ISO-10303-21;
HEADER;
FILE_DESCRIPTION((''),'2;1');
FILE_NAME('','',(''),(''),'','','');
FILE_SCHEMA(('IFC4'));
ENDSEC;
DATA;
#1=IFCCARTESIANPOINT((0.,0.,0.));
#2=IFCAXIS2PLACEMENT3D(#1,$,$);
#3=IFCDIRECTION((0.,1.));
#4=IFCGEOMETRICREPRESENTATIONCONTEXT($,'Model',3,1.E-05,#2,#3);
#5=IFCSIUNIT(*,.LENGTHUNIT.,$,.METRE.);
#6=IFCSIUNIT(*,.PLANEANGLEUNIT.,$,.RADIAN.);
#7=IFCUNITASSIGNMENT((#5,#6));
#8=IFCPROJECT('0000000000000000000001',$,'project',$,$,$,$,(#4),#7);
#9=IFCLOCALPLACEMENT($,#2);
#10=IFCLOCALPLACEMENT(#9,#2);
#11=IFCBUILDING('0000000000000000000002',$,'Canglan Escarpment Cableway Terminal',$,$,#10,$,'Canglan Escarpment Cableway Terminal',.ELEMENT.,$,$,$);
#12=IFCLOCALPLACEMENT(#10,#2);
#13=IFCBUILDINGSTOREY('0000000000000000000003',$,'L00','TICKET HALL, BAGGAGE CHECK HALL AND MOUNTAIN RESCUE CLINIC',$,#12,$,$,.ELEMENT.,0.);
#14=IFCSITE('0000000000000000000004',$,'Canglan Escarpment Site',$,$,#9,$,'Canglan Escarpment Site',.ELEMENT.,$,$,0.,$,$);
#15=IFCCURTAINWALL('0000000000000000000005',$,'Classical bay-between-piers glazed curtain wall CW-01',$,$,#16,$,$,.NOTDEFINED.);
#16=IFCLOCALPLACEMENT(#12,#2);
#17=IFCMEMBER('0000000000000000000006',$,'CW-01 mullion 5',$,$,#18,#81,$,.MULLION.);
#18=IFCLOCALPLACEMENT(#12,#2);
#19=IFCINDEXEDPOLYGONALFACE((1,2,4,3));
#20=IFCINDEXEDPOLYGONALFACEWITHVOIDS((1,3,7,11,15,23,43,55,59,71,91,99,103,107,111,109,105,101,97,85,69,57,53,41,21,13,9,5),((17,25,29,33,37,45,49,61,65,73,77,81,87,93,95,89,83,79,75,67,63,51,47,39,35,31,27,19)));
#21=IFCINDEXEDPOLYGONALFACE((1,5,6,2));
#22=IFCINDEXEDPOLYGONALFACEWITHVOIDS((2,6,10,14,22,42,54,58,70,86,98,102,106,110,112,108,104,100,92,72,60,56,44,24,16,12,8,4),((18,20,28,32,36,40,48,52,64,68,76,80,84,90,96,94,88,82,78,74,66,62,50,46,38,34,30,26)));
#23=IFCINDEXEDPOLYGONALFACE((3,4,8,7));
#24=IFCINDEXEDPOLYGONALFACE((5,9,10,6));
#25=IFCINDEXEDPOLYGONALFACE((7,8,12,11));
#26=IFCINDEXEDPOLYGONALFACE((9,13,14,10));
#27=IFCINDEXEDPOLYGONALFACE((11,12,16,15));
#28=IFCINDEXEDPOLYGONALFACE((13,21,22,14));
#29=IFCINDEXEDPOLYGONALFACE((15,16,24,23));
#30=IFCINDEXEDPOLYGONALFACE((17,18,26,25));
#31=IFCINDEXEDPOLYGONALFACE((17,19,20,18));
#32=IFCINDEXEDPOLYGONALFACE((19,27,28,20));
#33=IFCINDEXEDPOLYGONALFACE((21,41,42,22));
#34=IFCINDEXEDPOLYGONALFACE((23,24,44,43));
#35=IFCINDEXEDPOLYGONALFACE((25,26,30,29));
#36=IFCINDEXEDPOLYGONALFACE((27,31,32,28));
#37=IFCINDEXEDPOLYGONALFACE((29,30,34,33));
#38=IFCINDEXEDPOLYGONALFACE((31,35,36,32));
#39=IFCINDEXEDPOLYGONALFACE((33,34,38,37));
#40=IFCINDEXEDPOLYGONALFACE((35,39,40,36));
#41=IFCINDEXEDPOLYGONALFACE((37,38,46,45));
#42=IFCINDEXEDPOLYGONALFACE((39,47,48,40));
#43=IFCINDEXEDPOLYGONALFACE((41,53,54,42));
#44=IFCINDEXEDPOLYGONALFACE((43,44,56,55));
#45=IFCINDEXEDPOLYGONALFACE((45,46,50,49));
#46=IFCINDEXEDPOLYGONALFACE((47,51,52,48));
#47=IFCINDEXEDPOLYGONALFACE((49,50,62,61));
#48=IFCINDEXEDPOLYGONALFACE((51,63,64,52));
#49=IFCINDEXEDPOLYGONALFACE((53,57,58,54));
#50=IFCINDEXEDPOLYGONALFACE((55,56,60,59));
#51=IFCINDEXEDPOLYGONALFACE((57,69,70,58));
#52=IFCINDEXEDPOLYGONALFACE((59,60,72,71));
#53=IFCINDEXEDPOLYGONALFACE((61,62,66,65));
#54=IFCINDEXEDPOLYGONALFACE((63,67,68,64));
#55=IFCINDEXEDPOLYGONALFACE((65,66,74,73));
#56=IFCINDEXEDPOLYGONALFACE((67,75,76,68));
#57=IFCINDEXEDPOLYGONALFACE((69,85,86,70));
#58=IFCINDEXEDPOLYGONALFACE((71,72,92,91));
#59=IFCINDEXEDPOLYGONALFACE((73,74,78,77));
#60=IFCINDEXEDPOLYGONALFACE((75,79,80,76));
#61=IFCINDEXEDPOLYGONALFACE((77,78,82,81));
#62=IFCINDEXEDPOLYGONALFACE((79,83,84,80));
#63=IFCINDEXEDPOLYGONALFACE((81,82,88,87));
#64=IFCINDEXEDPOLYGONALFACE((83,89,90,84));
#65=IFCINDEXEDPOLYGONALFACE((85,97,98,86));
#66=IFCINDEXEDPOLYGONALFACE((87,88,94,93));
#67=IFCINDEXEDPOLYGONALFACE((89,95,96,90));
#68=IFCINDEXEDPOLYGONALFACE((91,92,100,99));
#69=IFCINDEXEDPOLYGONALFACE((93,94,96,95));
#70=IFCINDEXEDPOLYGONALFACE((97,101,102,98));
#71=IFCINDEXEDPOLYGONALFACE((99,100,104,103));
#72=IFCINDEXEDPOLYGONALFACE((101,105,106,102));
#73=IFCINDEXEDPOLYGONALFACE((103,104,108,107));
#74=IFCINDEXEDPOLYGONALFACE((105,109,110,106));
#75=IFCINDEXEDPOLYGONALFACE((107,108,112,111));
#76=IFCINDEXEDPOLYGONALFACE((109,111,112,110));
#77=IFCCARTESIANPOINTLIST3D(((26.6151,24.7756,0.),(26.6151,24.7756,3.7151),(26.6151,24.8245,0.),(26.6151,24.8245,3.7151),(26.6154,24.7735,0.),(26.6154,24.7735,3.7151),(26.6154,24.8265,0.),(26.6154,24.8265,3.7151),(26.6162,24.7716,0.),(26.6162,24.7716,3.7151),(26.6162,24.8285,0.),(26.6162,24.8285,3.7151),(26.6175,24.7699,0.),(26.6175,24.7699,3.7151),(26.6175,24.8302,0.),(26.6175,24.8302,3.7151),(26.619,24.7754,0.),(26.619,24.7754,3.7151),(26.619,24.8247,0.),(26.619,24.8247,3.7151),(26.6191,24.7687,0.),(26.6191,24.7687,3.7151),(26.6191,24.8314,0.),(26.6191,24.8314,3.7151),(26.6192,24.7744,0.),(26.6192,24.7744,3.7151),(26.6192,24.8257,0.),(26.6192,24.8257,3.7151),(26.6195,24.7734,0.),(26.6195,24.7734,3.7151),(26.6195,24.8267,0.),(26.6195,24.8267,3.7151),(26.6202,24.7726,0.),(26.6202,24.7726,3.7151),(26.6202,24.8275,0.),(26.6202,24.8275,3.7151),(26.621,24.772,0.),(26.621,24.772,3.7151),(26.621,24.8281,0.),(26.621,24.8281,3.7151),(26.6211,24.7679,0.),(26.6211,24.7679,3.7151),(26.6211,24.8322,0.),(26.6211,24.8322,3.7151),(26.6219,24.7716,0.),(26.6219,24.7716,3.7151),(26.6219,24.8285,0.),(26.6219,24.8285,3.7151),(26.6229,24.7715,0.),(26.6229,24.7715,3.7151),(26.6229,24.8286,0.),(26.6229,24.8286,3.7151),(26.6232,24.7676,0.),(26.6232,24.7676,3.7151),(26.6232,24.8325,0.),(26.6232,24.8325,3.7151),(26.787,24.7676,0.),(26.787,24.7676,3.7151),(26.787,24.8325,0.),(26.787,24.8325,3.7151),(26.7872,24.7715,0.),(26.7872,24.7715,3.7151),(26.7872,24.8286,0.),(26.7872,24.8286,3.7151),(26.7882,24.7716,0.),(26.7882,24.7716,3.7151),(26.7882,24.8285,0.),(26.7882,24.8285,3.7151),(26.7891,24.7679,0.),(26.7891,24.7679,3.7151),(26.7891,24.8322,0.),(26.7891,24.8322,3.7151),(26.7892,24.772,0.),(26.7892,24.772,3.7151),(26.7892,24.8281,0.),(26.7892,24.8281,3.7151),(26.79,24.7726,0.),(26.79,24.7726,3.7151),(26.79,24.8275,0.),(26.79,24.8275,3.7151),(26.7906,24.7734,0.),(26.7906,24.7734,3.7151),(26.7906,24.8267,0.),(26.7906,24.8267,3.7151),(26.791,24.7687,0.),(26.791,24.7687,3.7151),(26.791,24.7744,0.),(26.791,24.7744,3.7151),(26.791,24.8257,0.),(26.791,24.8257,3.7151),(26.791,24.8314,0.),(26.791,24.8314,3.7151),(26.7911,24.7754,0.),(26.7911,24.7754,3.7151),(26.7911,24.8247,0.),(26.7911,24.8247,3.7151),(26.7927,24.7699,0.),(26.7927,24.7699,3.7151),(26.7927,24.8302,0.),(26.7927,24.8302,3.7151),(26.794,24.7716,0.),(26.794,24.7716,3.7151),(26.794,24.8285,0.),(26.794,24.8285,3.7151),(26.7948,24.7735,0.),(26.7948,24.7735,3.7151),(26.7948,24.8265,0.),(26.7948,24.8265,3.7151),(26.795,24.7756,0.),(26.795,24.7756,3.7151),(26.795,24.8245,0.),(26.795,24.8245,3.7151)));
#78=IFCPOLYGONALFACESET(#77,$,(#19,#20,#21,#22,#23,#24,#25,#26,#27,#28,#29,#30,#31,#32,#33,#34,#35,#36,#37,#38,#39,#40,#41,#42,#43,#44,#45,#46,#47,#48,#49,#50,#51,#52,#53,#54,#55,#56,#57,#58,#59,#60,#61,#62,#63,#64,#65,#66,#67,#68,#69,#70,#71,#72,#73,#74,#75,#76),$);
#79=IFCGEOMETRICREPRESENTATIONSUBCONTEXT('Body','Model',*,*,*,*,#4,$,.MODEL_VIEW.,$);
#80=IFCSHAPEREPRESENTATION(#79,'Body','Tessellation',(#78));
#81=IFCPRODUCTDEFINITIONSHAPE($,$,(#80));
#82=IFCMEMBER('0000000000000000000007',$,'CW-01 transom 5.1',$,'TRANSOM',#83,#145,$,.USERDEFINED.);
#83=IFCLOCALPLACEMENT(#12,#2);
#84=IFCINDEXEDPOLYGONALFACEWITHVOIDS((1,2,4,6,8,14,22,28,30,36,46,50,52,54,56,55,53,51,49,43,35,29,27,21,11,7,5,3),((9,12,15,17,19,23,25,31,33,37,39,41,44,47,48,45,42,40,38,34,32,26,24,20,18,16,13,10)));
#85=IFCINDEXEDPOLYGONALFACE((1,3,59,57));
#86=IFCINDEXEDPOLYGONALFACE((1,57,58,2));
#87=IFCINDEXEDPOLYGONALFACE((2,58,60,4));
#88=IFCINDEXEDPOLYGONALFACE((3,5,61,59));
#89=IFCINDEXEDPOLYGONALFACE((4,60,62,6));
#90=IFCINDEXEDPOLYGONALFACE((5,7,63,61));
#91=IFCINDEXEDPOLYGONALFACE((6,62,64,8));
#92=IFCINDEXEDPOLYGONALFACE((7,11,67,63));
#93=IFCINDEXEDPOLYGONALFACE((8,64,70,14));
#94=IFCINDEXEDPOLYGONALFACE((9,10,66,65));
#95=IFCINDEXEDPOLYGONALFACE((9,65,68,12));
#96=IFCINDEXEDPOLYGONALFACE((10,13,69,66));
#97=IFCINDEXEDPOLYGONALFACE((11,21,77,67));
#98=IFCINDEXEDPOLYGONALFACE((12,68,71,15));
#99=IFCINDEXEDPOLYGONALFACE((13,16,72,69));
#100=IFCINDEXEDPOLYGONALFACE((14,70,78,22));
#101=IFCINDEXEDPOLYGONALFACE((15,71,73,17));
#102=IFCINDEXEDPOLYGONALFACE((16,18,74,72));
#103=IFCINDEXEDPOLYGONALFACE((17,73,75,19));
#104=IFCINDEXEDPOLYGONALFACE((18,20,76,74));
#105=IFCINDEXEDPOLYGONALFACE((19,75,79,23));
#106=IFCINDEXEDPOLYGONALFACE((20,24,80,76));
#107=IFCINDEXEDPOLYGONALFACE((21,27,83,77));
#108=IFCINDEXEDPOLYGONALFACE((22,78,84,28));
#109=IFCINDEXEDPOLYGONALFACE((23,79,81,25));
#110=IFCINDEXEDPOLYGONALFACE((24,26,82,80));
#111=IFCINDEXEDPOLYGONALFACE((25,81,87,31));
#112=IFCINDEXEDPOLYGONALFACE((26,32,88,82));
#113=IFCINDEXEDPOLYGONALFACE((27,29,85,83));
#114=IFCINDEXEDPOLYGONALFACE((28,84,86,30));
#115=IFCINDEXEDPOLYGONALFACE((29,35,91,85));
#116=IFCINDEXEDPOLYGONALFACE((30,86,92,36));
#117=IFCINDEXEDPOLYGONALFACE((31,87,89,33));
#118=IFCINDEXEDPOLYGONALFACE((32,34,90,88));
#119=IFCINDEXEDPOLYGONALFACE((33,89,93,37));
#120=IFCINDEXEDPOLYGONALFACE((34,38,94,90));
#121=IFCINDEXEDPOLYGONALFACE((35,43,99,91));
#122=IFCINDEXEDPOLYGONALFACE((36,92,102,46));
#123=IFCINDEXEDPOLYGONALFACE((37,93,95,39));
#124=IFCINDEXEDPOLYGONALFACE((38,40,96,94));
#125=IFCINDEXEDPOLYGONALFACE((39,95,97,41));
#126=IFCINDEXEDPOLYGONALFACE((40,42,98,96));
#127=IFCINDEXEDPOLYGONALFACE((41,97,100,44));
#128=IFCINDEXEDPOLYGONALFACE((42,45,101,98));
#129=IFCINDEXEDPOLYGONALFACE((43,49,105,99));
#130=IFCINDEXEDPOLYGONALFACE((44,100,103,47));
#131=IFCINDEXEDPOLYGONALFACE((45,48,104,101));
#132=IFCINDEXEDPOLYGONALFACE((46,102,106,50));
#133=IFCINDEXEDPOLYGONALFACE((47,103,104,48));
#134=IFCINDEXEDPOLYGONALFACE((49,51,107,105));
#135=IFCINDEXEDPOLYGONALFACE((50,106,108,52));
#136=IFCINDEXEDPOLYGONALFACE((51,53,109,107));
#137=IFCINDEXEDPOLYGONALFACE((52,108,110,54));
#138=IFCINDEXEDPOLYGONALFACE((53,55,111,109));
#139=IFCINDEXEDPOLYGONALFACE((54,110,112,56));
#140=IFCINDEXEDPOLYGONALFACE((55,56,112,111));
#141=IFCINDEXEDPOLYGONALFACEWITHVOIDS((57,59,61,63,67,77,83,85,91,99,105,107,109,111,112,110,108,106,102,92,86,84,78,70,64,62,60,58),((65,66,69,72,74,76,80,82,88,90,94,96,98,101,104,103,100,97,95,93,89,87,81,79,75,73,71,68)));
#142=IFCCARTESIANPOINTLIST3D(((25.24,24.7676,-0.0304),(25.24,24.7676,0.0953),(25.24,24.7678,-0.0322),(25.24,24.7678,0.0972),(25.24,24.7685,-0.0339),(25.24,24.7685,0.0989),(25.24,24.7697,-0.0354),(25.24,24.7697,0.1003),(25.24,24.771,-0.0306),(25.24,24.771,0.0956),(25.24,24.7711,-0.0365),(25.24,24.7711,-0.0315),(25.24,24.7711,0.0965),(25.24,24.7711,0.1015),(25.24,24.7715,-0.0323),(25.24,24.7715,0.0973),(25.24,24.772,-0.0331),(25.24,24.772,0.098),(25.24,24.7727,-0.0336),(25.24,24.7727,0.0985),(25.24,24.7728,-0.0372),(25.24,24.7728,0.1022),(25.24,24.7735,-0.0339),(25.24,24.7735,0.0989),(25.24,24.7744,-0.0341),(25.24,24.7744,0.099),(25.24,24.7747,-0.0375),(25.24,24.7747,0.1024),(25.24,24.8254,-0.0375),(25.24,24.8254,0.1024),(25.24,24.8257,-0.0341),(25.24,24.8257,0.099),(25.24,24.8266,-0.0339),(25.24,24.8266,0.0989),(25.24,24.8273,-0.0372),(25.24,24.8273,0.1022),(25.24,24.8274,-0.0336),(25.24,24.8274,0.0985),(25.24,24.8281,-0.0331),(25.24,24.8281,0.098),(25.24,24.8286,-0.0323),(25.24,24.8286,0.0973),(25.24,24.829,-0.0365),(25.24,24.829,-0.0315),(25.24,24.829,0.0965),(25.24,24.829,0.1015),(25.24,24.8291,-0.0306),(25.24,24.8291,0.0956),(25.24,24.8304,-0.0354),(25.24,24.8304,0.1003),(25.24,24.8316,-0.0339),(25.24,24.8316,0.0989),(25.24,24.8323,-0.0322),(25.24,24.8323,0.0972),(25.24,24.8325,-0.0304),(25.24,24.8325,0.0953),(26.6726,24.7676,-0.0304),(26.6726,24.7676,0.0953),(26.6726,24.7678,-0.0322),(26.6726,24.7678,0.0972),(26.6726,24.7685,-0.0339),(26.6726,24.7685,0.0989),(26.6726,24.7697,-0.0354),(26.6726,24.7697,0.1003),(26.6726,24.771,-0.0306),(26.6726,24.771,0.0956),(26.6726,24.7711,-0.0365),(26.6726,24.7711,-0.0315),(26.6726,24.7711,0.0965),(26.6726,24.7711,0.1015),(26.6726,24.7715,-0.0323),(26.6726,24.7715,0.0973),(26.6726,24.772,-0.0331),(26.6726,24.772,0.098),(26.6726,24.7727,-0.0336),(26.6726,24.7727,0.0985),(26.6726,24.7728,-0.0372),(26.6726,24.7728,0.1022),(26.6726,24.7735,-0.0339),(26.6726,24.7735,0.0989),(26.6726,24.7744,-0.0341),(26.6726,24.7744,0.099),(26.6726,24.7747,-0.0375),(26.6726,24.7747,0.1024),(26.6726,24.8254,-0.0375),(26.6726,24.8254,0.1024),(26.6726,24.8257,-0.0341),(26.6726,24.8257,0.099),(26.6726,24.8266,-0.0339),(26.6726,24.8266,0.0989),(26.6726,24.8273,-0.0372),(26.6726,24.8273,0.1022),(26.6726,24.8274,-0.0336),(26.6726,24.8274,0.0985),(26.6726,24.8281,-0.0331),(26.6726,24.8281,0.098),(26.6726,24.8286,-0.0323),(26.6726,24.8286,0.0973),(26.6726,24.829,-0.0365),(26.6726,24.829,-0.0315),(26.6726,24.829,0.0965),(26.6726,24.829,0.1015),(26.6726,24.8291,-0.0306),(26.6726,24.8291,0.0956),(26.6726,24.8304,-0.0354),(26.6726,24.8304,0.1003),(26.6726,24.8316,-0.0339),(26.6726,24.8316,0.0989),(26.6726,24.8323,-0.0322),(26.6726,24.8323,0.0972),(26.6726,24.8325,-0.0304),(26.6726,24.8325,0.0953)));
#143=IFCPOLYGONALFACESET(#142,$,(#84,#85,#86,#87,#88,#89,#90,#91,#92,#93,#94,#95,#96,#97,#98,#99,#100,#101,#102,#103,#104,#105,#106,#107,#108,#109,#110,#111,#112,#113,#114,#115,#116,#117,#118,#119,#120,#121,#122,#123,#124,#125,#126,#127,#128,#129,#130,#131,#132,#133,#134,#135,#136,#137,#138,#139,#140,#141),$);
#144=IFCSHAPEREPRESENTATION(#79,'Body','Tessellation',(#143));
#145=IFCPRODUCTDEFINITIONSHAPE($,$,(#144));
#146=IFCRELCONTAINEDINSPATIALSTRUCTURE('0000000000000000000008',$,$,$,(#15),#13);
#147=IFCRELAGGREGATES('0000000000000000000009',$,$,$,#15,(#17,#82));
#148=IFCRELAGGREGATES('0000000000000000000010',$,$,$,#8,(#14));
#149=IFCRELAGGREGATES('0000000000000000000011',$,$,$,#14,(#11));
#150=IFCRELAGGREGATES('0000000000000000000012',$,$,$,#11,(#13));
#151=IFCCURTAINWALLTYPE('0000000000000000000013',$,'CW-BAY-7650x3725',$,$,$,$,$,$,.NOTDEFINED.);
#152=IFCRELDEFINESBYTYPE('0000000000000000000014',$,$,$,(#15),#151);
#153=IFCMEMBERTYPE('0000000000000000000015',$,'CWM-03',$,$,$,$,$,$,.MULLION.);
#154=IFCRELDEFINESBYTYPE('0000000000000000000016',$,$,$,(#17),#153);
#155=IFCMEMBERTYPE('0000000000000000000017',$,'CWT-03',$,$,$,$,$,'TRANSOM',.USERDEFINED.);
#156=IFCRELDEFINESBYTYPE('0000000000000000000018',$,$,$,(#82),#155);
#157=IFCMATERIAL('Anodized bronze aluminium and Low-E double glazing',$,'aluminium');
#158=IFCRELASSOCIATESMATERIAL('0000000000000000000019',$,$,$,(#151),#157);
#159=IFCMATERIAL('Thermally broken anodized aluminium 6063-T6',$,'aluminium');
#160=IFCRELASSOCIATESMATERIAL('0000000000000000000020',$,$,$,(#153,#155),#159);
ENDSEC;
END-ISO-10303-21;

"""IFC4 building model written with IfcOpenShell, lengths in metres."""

from ifc_helpers import new_model, si_unit, direction, frame, origin, origin_2d, place, context, subcontext, project, spatial, hollow_rectangle, extrude, material, material_profile, profile_set, type_object, element, aggregate, save


model = new_model("IFC4")

# Units and contexts
model_context = context("Model", 3, precision=1e-05, world=origin(), true_north=direction((0.0, 1.0)))
body_context = subcontext(model_context, "Body", "Model", "MODEL_VIEW")
ifc_project = project(units=[si_unit("LENGTHUNIT", "METRE"), si_unit("PLANEANGLEUNIT", "RADIAN")], contexts=[model_context])

# Site, building, storey
site_placement = place(None, origin())
site = spatial("IfcSite", under=ifc_project, at=site_placement, Name="Canglan Escarpment Site", LongName="Canglan Escarpment Site", CompositionType="ELEMENT", RefElevation=0.0)
building_placement = place(site_placement, origin())
building = spatial("IfcBuilding", under=site, at=building_placement, Name="Canglan Escarpment Cableway Terminal", LongName="Canglan Escarpment Cableway Terminal", CompositionType="ELEMENT")
storey_placement = place(building_placement, origin())
storey = spatial("IfcBuildingStorey", under=building, at=storey_placement, Name="L00", Description="TICKET HALL, BAGGAGE CHECK HALL AND MOUNTAIN RESCUE CLINIC", CompositionType="ELEMENT", Elevation=0.0)

# Curtain wall, members
ifc_material_1 = material(Name="Anodized bronze aluminium and Low-E double glazing", Category="aluminium")
curtain_wall_type = type_object("IfcCurtainWallType", Name="CW-BAY-7650x3725", PredefinedType="NOTDEFINED", material=ifc_material_1)
curtain_wall_placement = place(storey_placement, origin())
curtain_wall = element("IfcCurtainWall", 1, at=curtain_wall_placement, inside=storey, type_object=curtain_wall_type, Name="Classical bay-between-piers glazed curtain wall CW-01", PredefinedType="NOTDEFINED")
ifc_material_2 = material(Name="Thermally broken anodized aluminium 6063-T6", Category="aluminium")
ifc_material_profile_1 = material_profile(ifc_material_2, hollow_rectangle(XDim=0.0649, YDim=0.1799, WallThickness=0.0039, InnerFilletRadius=0.0039, OuterFilletRadius=0.0081, at=origin_2d()), Name="ALU-MULL 65x180x4")
ifc_profile_set_1 = profile_set([ifc_material_profile_1], Name="Thermally broken anodized aluminium 6063-T6")
member_type_1 = type_object("IfcMemberType", Name="CWM-03", PredefinedType="MULLION", material=ifc_profile_set_1)
member_1_placement = place(storey_placement, frame((26.7051, 24.8, 0.0), z_axis=(0.0, 0.0, 1.0), x_axis=(0.0, -1.0, 0.0)))
member_1 = element("IfcMember", 2, at=member_1_placement, type_object=member_type_1, Name="CW-01 mullion 5", PredefinedType="MULLION", context=body_context, shape_type="SweptSolid", body=[
    extrude(hollow_rectangle(XDim=0.0649, YDim=0.1799, WallThickness=0.0039, InnerFilletRadius=0.0039, OuterFilletRadius=0.0081, at=origin_2d()), origin(), (0.0, 0.0, 1.0), 3.7151),
])
ifc_material_profile_2 = material_profile(ifc_material_2, hollow_rectangle(XDim=0.0649, YDim=0.1399, WallThickness=0.0034, InnerFilletRadius=0.0034, OuterFilletRadius=0.0071, at=origin_2d()), Name="ALU-TRAN 65x140x3.5")
ifc_profile_set_2 = profile_set([ifc_material_profile_2], Name="Thermally broken anodized aluminium 6063-T6")
member_type_2 = type_object("IfcMemberType", Name="CWT-03", ElementType="TRANSOM", PredefinedType="USERDEFINED", material=ifc_profile_set_2)
member_2_placement = place(storey_placement, frame((26.6726, 24.8, 0.0325), z_axis=(-1.0, 0.0, 0.0), x_axis=(0.0, -1.0, 0.0)))
member_2 = element("IfcMember", 3, at=member_2_placement, type_object=member_type_2, Name="CW-01 transom 5.1", ObjectType="TRANSOM", PredefinedType="USERDEFINED", context=body_context, shape_type="SweptSolid", body=[
    extrude(hollow_rectangle(XDim=0.0649, YDim=0.1399, WallThickness=0.0034, InnerFilletRadius=0.0034, OuterFilletRadius=0.0071, at=origin_2d()), origin(), (0.0, 0.0, 1.0), 1.4326),
])

aggregate(curtain_wall, [member_1, member_2])

save(model, "model.ifc")
